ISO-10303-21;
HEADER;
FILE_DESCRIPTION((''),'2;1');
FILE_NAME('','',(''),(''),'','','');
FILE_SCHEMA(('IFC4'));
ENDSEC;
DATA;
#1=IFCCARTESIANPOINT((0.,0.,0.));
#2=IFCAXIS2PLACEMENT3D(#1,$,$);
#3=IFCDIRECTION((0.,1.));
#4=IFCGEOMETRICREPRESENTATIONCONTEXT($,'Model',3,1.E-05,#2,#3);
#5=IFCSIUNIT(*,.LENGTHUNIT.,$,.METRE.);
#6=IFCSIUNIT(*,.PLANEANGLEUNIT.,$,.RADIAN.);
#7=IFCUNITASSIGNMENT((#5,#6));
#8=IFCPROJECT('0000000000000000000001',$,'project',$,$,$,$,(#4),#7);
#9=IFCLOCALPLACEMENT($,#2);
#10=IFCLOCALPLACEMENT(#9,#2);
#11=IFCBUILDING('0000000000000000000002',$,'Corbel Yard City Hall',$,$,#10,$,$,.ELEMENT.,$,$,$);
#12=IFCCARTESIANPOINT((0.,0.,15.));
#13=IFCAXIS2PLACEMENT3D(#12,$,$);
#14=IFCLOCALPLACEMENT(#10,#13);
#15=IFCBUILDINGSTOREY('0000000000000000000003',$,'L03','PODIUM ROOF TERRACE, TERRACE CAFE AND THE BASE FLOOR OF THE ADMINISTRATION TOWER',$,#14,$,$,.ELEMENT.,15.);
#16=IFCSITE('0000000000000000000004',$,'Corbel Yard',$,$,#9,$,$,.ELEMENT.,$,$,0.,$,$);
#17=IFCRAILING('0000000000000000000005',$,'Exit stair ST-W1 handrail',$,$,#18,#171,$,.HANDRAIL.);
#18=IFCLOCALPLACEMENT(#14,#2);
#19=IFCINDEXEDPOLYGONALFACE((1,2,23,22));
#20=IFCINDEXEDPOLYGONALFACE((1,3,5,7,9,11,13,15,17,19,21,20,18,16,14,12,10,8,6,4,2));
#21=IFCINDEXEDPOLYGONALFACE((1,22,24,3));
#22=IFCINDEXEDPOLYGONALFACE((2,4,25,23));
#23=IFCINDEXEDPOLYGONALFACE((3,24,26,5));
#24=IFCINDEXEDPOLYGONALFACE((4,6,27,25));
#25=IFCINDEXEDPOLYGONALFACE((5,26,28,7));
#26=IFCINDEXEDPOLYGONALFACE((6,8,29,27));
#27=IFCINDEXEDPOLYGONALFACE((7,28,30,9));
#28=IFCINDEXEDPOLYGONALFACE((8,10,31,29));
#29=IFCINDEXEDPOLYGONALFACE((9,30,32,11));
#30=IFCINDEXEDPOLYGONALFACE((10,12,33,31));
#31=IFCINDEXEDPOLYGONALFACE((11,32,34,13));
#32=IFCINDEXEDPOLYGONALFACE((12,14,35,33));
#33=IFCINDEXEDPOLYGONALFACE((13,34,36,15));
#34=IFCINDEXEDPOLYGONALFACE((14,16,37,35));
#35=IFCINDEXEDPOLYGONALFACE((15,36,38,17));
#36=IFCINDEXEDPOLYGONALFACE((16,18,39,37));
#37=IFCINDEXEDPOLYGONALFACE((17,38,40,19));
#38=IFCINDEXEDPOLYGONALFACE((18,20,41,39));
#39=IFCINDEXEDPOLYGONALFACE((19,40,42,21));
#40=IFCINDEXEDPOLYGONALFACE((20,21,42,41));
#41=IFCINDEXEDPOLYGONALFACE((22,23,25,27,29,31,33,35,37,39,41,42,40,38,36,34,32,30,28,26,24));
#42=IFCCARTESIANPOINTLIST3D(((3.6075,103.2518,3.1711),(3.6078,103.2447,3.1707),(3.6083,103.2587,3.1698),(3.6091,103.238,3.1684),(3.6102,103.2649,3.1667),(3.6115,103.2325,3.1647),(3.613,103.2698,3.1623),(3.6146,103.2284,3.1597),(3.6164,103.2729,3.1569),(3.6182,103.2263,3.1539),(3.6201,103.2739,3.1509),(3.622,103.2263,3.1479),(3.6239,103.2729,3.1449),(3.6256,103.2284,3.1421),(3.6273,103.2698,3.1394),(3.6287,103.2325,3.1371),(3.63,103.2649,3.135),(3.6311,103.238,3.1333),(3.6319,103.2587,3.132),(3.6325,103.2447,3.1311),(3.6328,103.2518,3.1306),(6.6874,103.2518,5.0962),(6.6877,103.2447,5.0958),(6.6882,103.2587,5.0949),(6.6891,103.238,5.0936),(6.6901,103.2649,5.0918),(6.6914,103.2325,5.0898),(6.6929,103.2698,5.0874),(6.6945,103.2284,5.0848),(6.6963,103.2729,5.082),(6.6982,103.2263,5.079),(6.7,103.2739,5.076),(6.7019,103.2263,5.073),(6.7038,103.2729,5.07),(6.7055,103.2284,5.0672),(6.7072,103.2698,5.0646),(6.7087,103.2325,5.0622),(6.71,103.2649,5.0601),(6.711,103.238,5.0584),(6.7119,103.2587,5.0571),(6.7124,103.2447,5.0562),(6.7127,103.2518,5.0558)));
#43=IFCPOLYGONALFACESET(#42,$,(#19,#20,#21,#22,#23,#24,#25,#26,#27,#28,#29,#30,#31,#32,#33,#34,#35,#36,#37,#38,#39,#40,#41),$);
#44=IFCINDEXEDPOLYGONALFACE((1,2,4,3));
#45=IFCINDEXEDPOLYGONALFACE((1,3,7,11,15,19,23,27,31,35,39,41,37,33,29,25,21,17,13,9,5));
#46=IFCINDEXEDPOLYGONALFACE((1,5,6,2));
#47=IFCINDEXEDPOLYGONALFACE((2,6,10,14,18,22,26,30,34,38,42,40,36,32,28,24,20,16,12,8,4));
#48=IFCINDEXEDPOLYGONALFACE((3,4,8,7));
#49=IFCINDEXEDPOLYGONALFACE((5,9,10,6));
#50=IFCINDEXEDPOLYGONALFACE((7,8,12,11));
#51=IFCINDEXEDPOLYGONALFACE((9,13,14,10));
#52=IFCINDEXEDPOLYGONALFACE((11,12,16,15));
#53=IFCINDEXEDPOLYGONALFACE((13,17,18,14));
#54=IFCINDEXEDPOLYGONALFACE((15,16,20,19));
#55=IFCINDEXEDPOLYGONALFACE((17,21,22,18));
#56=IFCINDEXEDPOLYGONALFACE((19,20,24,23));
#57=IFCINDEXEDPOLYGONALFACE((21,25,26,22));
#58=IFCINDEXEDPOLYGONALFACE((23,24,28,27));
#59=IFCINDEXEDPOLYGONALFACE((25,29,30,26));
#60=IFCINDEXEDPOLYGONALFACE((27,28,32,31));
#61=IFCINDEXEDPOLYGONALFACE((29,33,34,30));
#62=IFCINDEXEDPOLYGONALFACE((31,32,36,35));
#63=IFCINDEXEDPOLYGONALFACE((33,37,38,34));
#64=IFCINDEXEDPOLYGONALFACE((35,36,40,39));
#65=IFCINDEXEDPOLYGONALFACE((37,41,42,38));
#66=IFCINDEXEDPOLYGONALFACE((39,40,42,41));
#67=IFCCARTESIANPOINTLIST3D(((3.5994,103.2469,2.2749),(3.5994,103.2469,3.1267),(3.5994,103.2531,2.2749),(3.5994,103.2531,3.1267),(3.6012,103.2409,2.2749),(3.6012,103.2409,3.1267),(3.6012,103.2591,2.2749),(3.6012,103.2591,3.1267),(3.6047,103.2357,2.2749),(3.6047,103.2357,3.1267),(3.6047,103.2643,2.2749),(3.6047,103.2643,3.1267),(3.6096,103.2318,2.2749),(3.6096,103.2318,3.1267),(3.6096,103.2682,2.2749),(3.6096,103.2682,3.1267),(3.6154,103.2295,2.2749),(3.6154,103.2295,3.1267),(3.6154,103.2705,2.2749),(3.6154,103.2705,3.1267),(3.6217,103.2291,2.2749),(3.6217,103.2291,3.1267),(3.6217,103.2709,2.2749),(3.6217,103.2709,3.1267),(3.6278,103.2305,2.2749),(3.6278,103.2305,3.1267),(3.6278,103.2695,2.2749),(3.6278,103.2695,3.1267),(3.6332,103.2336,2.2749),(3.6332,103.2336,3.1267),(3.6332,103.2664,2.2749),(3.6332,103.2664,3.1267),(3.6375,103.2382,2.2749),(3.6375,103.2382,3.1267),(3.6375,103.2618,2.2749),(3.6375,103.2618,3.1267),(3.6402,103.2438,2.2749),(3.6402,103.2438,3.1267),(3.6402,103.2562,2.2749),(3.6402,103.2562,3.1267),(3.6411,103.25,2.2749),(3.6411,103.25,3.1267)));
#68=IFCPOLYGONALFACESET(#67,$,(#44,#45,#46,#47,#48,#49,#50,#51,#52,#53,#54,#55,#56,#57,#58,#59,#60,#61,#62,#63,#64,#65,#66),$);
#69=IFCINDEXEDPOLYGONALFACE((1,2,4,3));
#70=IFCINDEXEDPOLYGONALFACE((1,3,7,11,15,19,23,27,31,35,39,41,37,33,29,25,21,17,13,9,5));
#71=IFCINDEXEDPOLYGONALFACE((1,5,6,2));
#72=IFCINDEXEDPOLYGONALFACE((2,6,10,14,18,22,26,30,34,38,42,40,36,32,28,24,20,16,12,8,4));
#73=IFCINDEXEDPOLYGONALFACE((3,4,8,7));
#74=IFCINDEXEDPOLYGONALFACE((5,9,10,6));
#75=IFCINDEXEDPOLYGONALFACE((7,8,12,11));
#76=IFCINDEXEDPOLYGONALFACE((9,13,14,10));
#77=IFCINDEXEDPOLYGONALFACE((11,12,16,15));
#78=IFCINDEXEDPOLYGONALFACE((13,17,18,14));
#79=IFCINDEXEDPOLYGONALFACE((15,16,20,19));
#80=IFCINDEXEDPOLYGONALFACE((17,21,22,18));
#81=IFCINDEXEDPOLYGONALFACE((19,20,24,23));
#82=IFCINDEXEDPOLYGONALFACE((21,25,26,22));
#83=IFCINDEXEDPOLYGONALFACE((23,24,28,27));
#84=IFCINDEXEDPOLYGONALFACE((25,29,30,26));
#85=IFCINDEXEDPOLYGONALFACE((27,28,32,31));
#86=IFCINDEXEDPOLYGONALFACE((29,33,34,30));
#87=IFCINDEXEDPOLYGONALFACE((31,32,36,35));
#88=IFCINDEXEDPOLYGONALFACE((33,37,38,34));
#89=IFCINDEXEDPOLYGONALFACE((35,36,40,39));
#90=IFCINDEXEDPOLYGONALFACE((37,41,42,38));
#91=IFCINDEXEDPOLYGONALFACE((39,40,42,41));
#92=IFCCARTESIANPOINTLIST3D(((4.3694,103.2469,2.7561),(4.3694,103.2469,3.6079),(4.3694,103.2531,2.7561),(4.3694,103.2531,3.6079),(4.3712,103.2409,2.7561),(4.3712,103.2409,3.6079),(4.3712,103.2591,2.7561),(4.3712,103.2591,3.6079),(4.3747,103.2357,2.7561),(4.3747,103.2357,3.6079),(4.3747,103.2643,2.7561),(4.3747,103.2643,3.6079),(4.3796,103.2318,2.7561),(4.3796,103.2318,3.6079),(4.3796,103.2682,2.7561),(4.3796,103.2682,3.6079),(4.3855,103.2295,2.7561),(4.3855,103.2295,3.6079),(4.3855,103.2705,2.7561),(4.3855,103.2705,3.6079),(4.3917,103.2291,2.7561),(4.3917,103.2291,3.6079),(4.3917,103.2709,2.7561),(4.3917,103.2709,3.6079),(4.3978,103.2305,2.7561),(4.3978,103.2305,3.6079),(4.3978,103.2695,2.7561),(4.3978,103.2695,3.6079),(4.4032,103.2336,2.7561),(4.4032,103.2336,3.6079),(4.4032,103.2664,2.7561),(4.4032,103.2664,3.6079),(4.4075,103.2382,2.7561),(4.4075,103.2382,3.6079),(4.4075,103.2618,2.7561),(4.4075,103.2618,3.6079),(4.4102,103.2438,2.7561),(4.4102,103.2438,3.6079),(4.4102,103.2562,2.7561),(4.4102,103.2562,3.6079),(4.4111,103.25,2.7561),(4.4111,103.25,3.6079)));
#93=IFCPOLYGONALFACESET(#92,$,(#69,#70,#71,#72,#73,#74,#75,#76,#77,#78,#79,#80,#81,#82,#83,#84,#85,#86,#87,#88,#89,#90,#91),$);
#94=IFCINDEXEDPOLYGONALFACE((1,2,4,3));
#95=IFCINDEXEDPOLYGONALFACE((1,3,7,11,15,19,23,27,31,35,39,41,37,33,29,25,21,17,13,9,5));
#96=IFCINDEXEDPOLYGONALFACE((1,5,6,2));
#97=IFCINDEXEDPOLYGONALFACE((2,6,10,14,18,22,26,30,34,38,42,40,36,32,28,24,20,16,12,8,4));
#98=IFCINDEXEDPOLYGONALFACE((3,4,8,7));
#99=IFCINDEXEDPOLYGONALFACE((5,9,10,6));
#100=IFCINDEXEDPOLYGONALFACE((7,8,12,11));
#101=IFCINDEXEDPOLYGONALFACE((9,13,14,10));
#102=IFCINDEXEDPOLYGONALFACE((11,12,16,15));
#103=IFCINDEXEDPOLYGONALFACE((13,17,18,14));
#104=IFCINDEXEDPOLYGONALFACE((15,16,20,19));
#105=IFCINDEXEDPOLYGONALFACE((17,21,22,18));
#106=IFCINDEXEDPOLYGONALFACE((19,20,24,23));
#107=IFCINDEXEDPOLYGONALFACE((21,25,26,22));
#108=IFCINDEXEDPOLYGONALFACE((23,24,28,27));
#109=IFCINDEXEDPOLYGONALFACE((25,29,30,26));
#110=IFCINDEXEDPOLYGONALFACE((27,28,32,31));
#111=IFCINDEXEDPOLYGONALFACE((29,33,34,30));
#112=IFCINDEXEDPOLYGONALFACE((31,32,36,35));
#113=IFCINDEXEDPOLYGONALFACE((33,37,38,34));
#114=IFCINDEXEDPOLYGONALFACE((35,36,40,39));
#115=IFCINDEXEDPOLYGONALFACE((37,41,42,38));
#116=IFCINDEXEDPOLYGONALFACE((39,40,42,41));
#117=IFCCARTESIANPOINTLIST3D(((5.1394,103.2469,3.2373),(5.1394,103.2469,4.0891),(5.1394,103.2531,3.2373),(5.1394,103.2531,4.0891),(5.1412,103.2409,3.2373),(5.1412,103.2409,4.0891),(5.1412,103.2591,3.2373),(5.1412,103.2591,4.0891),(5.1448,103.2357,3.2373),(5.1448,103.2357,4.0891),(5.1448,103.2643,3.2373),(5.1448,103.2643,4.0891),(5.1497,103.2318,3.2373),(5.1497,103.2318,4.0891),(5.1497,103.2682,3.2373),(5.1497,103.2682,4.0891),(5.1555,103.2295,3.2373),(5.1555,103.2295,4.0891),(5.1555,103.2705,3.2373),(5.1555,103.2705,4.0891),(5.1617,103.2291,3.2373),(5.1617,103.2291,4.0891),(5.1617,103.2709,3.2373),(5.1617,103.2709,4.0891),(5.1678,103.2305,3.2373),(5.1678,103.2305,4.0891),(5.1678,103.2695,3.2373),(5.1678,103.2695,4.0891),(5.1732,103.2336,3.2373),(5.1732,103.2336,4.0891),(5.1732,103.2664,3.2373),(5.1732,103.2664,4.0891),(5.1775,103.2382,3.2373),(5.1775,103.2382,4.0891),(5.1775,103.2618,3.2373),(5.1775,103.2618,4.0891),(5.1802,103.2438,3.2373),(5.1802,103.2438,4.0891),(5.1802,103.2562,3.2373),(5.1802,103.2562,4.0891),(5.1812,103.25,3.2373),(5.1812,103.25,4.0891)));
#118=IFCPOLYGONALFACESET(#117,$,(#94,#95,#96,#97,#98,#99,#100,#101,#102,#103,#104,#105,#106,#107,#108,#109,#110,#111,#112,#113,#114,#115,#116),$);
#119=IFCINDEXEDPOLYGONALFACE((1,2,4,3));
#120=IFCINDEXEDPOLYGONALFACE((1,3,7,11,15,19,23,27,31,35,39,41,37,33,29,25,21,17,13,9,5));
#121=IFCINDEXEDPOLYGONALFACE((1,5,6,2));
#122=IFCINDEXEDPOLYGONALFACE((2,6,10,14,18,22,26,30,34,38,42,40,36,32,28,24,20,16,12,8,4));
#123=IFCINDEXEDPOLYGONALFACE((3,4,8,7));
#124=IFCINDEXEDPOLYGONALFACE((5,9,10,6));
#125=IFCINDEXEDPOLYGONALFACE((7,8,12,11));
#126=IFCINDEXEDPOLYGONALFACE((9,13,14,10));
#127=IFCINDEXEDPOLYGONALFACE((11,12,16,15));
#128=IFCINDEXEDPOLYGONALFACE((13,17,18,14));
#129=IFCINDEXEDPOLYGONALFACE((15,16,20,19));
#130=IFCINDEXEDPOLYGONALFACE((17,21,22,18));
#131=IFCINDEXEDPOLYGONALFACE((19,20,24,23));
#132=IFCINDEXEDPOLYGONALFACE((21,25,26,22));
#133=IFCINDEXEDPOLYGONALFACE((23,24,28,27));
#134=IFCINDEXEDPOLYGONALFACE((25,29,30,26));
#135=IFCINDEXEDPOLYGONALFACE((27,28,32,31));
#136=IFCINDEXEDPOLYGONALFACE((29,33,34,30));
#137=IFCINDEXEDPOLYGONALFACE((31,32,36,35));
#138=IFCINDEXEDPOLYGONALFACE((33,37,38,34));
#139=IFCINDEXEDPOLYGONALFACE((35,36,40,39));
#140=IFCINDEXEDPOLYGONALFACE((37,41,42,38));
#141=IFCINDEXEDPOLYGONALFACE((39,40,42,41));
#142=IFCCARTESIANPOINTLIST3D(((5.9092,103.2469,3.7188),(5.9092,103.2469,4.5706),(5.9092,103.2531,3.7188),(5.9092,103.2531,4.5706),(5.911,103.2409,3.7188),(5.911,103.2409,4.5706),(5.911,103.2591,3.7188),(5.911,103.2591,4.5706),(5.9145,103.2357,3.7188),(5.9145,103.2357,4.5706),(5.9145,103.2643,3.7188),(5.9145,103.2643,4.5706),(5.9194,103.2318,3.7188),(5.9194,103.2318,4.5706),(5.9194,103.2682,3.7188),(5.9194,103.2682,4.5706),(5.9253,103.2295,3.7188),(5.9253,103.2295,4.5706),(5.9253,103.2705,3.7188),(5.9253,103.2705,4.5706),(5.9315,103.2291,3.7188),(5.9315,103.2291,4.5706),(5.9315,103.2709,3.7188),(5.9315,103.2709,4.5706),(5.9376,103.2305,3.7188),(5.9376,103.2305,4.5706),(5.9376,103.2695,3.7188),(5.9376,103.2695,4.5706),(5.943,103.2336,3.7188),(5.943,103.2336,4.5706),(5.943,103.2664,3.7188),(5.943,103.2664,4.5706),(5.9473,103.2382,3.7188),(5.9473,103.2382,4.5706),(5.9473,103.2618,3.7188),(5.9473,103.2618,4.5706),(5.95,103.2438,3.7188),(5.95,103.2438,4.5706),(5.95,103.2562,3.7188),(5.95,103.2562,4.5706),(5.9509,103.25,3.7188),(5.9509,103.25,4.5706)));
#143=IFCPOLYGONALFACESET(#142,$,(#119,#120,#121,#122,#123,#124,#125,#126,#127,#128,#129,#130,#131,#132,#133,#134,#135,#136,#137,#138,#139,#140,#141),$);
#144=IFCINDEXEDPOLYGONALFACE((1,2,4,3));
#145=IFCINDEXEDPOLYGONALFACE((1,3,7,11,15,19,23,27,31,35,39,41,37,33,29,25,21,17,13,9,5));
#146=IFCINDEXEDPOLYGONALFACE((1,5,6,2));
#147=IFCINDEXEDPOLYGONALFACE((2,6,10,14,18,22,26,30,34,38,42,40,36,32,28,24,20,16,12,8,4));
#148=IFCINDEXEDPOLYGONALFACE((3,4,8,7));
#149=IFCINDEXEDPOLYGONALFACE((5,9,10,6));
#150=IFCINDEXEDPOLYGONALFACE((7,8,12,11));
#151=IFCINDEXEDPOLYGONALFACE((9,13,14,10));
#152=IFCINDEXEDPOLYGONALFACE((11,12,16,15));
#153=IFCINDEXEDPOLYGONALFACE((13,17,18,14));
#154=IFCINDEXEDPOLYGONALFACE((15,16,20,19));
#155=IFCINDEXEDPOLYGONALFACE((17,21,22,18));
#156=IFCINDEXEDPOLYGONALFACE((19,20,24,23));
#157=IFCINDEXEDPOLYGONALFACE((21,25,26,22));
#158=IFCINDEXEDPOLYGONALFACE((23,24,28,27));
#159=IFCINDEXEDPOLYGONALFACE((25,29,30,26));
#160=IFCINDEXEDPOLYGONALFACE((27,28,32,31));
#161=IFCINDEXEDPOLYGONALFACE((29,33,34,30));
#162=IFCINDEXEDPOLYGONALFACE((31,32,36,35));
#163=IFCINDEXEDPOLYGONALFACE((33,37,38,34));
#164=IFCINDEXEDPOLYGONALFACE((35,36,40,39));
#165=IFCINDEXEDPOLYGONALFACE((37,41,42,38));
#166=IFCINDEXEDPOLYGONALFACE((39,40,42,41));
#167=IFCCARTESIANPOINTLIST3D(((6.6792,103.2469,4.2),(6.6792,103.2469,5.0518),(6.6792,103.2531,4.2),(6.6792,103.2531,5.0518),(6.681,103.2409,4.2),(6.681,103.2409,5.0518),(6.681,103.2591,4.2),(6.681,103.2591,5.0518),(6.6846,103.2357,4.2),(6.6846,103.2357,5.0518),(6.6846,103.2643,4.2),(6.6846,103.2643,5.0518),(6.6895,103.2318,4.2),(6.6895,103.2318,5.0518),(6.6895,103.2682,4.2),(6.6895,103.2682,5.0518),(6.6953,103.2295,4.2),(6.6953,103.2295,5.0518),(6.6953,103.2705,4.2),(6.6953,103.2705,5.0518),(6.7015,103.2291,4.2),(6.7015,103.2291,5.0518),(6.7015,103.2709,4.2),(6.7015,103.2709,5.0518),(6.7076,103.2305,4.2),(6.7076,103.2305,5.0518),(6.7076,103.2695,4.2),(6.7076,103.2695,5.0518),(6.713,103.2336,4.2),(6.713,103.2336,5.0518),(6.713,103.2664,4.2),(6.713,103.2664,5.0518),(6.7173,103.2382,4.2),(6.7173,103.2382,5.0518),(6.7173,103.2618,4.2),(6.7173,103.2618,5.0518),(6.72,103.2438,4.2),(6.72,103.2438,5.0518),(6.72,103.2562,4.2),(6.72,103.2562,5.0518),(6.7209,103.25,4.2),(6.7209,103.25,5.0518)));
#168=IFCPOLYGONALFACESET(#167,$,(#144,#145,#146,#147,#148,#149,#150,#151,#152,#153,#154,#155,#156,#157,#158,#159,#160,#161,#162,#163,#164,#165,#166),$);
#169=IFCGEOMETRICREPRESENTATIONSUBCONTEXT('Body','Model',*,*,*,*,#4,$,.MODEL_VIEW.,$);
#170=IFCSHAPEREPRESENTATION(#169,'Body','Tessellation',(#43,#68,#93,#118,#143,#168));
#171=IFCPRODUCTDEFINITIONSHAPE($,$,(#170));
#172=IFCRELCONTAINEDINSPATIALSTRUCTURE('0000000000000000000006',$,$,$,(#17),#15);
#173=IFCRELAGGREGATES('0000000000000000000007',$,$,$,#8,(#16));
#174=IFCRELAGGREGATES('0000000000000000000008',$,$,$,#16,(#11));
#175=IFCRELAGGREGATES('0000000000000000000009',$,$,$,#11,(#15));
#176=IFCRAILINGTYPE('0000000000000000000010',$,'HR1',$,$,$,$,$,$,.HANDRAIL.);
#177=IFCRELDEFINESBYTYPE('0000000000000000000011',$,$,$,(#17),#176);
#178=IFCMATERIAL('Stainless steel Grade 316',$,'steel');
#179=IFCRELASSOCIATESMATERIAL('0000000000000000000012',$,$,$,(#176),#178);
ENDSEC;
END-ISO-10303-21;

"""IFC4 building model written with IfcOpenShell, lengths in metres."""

from ifc_helpers import new_model, si_unit, direction, frame, origin, origin_2d, place, context, subcontext, project, spatial, circle, extrude, material, type_object, element, save


model = new_model("IFC4")

# Units and contexts
model_context = context("Model", 3, precision=1e-05, world=origin(), true_north=direction((0.0, 1.0)))
body_context = subcontext(model_context, "Body", "Model", "MODEL_VIEW")
ifc_project = project(units=[si_unit("LENGTHUNIT", "METRE"), si_unit("PLANEANGLEUNIT", "RADIAN")], contexts=[model_context])

# Site, building, storey
site_placement = place(None, origin())
site = spatial("IfcSite", under=ifc_project, at=site_placement, Name="Corbel Yard", CompositionType="ELEMENT", RefElevation=0.0)
building_placement = place(site_placement, origin())
building = spatial("IfcBuilding", under=site, at=building_placement, Name="Corbel Yard City Hall", CompositionType="ELEMENT")
storey_placement = place(building_placement, frame((0.0, 0.0, 15.0)))
storey = spatial("IfcBuildingStorey", under=building, at=storey_placement, Name="L03", Description="PODIUM ROOF TERRACE, TERRACE CAFE AND THE BASE FLOOR OF THE ADMINISTRATION TOWER", CompositionType="ELEMENT", Elevation=15.0)

# Shared definitions
ifc_material_1 = material(Name="Stainless steel Grade 316", Category="steel")

# Railing
railing_type = type_object("IfcRailingType", Name="HR1", PredefinedType="HANDRAIL", material=ifc_material_1)
for number, where, name in (
    (1, (3.6201, 103.25, 2.2749), "Exit stair ST-W1 handrail"),
):
    element("IfcRailing", number, at=place(storey_placement, frame(where)), inside=storey, type_object=railing_type, Name=name, PredefinedType="HANDRAIL", context=body_context, shape_type="SweptSolid", body=[
        extrude(circle(Radius=0.0239, at=origin_2d()), frame((0.0, 0.0, 0.876), z_axis=(0.847979, 0.0, 0.530029), x_axis=(0.0, 1.0, 0.0)), (0.0, 0.0, 1.0), 3.6321),
        extrude(circle(Radius=0.021, at=origin_2d()), origin(), (0.0, 0.0, 1.0), 0.8518),
        extrude(circle(Radius=0.021, at=origin_2d()), frame((0.77, 0.0, 0.4812)), (0.0, 0.0, 1.0), 0.8518),
        extrude(circle(Radius=0.021, at=origin_2d()), frame((1.54, 0.0, 0.9624)), (0.0, 0.0, 1.0), 0.8518),
        extrude(circle(Radius=0.021, at=origin_2d()), frame((2.3098, 0.0, 1.4438)), (0.0, 0.0, 1.0), 0.8518),
        extrude(circle(Radius=0.021, at=origin_2d()), frame((3.0798, 0.0, 1.925)), (0.0, 0.0, 1.0), 0.8518),
    ])

save(model, "model.ifc")
